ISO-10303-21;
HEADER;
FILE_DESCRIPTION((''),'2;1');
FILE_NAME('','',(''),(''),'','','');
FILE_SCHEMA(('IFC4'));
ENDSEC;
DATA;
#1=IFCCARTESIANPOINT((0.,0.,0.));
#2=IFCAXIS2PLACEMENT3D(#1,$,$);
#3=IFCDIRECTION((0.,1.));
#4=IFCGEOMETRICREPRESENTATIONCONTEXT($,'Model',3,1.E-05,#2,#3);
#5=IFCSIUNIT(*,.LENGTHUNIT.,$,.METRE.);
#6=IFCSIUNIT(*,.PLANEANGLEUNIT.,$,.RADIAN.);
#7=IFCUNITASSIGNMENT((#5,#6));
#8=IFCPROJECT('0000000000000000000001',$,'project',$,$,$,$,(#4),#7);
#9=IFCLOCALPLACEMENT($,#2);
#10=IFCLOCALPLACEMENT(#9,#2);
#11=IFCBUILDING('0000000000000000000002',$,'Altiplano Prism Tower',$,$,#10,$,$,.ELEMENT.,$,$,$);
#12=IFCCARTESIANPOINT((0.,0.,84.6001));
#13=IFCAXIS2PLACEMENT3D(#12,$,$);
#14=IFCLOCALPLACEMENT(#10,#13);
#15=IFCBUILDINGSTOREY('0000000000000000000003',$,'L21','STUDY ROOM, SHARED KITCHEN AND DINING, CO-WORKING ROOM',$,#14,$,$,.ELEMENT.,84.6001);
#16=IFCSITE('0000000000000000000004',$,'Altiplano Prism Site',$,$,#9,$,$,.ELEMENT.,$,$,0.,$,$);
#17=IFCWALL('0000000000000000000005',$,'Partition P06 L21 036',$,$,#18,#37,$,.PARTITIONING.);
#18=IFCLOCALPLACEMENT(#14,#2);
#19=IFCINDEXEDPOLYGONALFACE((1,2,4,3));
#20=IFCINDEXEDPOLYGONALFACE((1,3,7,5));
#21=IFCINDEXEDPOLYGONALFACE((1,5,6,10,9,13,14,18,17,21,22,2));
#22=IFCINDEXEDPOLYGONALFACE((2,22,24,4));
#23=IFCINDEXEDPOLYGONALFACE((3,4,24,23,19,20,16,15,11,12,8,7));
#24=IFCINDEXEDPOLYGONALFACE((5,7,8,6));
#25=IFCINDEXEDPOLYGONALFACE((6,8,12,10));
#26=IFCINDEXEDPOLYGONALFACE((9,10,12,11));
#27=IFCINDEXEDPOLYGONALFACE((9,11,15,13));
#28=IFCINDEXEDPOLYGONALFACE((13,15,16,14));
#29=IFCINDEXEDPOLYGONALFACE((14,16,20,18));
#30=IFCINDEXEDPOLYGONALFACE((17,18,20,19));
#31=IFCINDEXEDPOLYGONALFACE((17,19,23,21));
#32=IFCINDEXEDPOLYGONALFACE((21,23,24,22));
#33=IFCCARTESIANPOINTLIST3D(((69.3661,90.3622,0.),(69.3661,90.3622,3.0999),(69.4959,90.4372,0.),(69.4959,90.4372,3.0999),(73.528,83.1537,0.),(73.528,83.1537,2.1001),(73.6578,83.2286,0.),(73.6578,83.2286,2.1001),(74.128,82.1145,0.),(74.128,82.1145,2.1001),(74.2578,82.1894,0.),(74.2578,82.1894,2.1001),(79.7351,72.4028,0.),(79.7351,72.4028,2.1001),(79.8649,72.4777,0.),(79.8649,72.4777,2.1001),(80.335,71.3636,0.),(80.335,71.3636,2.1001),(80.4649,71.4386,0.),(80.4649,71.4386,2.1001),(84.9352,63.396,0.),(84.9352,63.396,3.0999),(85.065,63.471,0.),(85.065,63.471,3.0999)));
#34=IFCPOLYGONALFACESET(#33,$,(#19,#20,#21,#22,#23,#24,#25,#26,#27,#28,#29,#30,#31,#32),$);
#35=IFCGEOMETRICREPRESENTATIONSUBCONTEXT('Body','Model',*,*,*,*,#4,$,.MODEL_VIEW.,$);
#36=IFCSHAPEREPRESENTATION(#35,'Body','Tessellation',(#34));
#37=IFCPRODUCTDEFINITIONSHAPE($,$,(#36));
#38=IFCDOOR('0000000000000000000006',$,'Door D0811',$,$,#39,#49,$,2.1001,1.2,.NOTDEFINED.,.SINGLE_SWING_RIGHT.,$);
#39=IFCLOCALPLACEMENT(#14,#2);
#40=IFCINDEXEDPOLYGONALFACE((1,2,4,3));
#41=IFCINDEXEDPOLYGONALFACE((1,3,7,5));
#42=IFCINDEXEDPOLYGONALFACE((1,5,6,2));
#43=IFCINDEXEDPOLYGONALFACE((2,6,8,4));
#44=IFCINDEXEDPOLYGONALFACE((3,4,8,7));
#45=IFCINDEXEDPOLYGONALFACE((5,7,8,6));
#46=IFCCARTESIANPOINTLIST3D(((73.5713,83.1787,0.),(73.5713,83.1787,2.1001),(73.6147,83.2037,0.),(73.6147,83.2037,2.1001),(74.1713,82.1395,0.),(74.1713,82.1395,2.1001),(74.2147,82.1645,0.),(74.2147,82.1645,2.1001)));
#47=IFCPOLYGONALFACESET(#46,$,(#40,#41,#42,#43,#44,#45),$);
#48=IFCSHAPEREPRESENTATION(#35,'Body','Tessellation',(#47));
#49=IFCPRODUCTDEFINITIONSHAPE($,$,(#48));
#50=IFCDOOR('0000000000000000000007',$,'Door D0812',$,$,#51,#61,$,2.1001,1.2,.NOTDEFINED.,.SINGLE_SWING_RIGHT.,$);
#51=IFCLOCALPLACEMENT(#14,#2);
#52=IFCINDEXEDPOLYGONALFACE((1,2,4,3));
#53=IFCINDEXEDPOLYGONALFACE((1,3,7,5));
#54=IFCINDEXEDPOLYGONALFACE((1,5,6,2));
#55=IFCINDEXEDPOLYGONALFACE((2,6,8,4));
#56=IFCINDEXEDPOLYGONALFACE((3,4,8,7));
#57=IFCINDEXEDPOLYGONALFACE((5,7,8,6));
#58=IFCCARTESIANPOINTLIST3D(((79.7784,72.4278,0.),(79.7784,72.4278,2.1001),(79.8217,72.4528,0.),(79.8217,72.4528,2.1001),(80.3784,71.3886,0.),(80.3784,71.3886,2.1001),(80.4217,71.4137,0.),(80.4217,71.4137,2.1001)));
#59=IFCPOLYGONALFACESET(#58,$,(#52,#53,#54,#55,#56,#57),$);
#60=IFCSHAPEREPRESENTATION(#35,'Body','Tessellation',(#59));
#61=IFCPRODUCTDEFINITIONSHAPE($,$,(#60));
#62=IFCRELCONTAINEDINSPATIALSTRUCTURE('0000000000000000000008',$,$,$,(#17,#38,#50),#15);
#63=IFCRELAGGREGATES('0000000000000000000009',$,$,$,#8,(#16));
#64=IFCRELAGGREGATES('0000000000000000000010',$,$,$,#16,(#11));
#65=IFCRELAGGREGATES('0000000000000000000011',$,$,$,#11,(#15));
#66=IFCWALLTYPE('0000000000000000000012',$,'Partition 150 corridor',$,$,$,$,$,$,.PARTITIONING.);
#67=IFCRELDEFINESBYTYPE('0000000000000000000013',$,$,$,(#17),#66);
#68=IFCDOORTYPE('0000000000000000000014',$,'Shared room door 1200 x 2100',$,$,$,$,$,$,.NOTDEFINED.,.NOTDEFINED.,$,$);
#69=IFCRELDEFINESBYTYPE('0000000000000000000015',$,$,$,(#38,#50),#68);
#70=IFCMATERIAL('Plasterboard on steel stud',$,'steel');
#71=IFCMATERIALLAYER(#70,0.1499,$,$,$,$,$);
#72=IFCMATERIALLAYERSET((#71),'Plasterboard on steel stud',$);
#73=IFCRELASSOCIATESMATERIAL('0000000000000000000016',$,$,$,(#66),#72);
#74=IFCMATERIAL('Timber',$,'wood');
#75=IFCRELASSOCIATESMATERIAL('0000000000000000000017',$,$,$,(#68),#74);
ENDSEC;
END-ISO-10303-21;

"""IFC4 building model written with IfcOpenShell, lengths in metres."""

from ifc_helpers import new_model, si_unit, direction, frame, frame_2d, origin, place, context, subcontext, project, spatial, rectangle, extrude, material, layer, layer_set, type_object, element, fill, save


model = new_model("IFC4")

# Units and contexts
model_context = context("Model", 3, precision=1e-05, world=origin(), true_north=direction((0.0, 1.0)))
body_context = subcontext(model_context, "Body", "Model", "MODEL_VIEW")
ifc_project = project(units=[si_unit("LENGTHUNIT", "METRE"), si_unit("PLANEANGLEUNIT", "RADIAN")], contexts=[model_context])

# Site, building, storey
site_placement = place(None, origin())
site = spatial("IfcSite", under=ifc_project, at=site_placement, Name="Altiplano Prism Site", CompositionType="ELEMENT", RefElevation=0.0)
building_placement = place(site_placement, origin())
building = spatial("IfcBuilding", under=site, at=building_placement, Name="Altiplano Prism Tower", CompositionType="ELEMENT")
storey_placement = place(building_placement, frame((0.0, 0.0, 84.6001)))
storey = spatial("IfcBuildingStorey", under=building, at=storey_placement, Name="L21", Description="STUDY ROOM, SHARED KITCHEN AND DINING, CO-WORKING ROOM", CompositionType="ELEMENT", Elevation=84.6001)

# Shared definitions
ifc_material_1 = material(Name="Plasterboard on steel stud", Category="steel")
ifc_layer_1 = layer(ifc_material_1, 0.1499)
ifc_layer_set_1 = layer_set([ifc_layer_1], Name="Plasterboard on steel stud")
wall_type_1 = type_object("IfcWallType", Name="Partition 150 corridor", PredefinedType="PARTITIONING", material=ifc_layer_set_1)

# Wall, openings, doors
ifc_material_2 = material(Name="Timber", Category="wood")
door_type_1 = type_object("IfcDoorType", Name="Shared room door 1200 x 2100", OperationType="NOTDEFINED", PredefinedType="NOTDEFINED", material=ifc_material_2)
wall_1_placement = place(storey_placement, frame((85.0, 63.4336, 0.0), z_axis=(0.0, 0.0, 1.0), x_axis=(-0.500002, 0.866024, 0.0)))
wall_1 = element("IfcWall", 1, at=wall_1_placement, inside=storey, type_object=wall_type_1, Name="Partition P06 L21 036", PredefinedType="PARTITIONING", context=body_context, shape_type="SweptSolid", body=[
    extrude(rectangle(XDim=31.1379, YDim=0.1499, at=frame_2d((15.5688, 0.0))), origin(), (0.0, 0.0, 1.0), 3.0999),
])
opening_1_placement = place(wall_1_placement, frame((21.614, 0.0, 0.0)))
opening_1 = element("IfcOpeningElement", 2, at=opening_1_placement, cuts=wall_1, PredefinedType="OPENING", context=body_context, shape_type="SweptSolid", body=[
    extrude(rectangle(XDim=1.2, YDim=2.1001, at=frame_2d((0.6001, 1.05))), frame((0.0, 0.0854, 0.0), z_axis=(0.0, -1.0, 0.0), x_axis=(1.0, 0.0, 0.0)), (0.0, 0.0, 1.0), 0.1709),
])
opening_2_placement = place(wall_1_placement, frame((9.2, 0.0, 0.0)))
opening_2 = element("IfcOpeningElement", 3, at=opening_2_placement, cuts=wall_1, PredefinedType="OPENING", context=body_context, shape_type="SweptSolid", body=[
    extrude(rectangle(XDim=1.2, YDim=2.1001, at=frame_2d((0.6001, 1.05))), frame((0.0, 0.0854, 0.0), z_axis=(0.0, -1.0, 0.0), x_axis=(1.0, 0.0, 0.0)), (0.0, 0.0, 1.0), 0.1709),
])
door_1_placement = place(opening_1_placement, origin())
door_1 = element("IfcDoor", 4, at=door_1_placement, inside=storey, type_object=door_type_1, Name="Door D0811", OperationType="SINGLE_SWING_RIGHT", OverallHeight=2.1001, OverallWidth=1.2, PredefinedType="NOTDEFINED", context=body_context, shape_type="SweptSolid", body=[
    extrude(rectangle(XDim=1.2, YDim=2.1001, at=frame_2d((0.6001, 1.05))), frame((0.0, 0.0249, 0.0), z_axis=(0.0, -1.0, 0.0), x_axis=(1.0, 0.0, 0.0)), (0.0, 0.0, 1.0), 0.05),
])
fill(opening_1, door_1)
door_2_placement = place(opening_2_placement, origin())
door_2 = element("IfcDoor", 5, at=door_2_placement, inside=storey, type_object=door_type_1, Name="Door D0812", OperationType="SINGLE_SWING_RIGHT", OverallHeight=2.1001, OverallWidth=1.2, PredefinedType="NOTDEFINED", context=body_context, shape_type="SweptSolid", body=[
    extrude(rectangle(XDim=1.2, YDim=2.1001, at=frame_2d((0.6001, 1.05))), frame((0.0, 0.0249, 0.0), z_axis=(0.0, -1.0, 0.0), x_axis=(1.0, 0.0, 0.0)), (0.0, 0.0, 1.0), 0.05),
])
fill(opening_2, door_2)

save(model, "model.ifc")
